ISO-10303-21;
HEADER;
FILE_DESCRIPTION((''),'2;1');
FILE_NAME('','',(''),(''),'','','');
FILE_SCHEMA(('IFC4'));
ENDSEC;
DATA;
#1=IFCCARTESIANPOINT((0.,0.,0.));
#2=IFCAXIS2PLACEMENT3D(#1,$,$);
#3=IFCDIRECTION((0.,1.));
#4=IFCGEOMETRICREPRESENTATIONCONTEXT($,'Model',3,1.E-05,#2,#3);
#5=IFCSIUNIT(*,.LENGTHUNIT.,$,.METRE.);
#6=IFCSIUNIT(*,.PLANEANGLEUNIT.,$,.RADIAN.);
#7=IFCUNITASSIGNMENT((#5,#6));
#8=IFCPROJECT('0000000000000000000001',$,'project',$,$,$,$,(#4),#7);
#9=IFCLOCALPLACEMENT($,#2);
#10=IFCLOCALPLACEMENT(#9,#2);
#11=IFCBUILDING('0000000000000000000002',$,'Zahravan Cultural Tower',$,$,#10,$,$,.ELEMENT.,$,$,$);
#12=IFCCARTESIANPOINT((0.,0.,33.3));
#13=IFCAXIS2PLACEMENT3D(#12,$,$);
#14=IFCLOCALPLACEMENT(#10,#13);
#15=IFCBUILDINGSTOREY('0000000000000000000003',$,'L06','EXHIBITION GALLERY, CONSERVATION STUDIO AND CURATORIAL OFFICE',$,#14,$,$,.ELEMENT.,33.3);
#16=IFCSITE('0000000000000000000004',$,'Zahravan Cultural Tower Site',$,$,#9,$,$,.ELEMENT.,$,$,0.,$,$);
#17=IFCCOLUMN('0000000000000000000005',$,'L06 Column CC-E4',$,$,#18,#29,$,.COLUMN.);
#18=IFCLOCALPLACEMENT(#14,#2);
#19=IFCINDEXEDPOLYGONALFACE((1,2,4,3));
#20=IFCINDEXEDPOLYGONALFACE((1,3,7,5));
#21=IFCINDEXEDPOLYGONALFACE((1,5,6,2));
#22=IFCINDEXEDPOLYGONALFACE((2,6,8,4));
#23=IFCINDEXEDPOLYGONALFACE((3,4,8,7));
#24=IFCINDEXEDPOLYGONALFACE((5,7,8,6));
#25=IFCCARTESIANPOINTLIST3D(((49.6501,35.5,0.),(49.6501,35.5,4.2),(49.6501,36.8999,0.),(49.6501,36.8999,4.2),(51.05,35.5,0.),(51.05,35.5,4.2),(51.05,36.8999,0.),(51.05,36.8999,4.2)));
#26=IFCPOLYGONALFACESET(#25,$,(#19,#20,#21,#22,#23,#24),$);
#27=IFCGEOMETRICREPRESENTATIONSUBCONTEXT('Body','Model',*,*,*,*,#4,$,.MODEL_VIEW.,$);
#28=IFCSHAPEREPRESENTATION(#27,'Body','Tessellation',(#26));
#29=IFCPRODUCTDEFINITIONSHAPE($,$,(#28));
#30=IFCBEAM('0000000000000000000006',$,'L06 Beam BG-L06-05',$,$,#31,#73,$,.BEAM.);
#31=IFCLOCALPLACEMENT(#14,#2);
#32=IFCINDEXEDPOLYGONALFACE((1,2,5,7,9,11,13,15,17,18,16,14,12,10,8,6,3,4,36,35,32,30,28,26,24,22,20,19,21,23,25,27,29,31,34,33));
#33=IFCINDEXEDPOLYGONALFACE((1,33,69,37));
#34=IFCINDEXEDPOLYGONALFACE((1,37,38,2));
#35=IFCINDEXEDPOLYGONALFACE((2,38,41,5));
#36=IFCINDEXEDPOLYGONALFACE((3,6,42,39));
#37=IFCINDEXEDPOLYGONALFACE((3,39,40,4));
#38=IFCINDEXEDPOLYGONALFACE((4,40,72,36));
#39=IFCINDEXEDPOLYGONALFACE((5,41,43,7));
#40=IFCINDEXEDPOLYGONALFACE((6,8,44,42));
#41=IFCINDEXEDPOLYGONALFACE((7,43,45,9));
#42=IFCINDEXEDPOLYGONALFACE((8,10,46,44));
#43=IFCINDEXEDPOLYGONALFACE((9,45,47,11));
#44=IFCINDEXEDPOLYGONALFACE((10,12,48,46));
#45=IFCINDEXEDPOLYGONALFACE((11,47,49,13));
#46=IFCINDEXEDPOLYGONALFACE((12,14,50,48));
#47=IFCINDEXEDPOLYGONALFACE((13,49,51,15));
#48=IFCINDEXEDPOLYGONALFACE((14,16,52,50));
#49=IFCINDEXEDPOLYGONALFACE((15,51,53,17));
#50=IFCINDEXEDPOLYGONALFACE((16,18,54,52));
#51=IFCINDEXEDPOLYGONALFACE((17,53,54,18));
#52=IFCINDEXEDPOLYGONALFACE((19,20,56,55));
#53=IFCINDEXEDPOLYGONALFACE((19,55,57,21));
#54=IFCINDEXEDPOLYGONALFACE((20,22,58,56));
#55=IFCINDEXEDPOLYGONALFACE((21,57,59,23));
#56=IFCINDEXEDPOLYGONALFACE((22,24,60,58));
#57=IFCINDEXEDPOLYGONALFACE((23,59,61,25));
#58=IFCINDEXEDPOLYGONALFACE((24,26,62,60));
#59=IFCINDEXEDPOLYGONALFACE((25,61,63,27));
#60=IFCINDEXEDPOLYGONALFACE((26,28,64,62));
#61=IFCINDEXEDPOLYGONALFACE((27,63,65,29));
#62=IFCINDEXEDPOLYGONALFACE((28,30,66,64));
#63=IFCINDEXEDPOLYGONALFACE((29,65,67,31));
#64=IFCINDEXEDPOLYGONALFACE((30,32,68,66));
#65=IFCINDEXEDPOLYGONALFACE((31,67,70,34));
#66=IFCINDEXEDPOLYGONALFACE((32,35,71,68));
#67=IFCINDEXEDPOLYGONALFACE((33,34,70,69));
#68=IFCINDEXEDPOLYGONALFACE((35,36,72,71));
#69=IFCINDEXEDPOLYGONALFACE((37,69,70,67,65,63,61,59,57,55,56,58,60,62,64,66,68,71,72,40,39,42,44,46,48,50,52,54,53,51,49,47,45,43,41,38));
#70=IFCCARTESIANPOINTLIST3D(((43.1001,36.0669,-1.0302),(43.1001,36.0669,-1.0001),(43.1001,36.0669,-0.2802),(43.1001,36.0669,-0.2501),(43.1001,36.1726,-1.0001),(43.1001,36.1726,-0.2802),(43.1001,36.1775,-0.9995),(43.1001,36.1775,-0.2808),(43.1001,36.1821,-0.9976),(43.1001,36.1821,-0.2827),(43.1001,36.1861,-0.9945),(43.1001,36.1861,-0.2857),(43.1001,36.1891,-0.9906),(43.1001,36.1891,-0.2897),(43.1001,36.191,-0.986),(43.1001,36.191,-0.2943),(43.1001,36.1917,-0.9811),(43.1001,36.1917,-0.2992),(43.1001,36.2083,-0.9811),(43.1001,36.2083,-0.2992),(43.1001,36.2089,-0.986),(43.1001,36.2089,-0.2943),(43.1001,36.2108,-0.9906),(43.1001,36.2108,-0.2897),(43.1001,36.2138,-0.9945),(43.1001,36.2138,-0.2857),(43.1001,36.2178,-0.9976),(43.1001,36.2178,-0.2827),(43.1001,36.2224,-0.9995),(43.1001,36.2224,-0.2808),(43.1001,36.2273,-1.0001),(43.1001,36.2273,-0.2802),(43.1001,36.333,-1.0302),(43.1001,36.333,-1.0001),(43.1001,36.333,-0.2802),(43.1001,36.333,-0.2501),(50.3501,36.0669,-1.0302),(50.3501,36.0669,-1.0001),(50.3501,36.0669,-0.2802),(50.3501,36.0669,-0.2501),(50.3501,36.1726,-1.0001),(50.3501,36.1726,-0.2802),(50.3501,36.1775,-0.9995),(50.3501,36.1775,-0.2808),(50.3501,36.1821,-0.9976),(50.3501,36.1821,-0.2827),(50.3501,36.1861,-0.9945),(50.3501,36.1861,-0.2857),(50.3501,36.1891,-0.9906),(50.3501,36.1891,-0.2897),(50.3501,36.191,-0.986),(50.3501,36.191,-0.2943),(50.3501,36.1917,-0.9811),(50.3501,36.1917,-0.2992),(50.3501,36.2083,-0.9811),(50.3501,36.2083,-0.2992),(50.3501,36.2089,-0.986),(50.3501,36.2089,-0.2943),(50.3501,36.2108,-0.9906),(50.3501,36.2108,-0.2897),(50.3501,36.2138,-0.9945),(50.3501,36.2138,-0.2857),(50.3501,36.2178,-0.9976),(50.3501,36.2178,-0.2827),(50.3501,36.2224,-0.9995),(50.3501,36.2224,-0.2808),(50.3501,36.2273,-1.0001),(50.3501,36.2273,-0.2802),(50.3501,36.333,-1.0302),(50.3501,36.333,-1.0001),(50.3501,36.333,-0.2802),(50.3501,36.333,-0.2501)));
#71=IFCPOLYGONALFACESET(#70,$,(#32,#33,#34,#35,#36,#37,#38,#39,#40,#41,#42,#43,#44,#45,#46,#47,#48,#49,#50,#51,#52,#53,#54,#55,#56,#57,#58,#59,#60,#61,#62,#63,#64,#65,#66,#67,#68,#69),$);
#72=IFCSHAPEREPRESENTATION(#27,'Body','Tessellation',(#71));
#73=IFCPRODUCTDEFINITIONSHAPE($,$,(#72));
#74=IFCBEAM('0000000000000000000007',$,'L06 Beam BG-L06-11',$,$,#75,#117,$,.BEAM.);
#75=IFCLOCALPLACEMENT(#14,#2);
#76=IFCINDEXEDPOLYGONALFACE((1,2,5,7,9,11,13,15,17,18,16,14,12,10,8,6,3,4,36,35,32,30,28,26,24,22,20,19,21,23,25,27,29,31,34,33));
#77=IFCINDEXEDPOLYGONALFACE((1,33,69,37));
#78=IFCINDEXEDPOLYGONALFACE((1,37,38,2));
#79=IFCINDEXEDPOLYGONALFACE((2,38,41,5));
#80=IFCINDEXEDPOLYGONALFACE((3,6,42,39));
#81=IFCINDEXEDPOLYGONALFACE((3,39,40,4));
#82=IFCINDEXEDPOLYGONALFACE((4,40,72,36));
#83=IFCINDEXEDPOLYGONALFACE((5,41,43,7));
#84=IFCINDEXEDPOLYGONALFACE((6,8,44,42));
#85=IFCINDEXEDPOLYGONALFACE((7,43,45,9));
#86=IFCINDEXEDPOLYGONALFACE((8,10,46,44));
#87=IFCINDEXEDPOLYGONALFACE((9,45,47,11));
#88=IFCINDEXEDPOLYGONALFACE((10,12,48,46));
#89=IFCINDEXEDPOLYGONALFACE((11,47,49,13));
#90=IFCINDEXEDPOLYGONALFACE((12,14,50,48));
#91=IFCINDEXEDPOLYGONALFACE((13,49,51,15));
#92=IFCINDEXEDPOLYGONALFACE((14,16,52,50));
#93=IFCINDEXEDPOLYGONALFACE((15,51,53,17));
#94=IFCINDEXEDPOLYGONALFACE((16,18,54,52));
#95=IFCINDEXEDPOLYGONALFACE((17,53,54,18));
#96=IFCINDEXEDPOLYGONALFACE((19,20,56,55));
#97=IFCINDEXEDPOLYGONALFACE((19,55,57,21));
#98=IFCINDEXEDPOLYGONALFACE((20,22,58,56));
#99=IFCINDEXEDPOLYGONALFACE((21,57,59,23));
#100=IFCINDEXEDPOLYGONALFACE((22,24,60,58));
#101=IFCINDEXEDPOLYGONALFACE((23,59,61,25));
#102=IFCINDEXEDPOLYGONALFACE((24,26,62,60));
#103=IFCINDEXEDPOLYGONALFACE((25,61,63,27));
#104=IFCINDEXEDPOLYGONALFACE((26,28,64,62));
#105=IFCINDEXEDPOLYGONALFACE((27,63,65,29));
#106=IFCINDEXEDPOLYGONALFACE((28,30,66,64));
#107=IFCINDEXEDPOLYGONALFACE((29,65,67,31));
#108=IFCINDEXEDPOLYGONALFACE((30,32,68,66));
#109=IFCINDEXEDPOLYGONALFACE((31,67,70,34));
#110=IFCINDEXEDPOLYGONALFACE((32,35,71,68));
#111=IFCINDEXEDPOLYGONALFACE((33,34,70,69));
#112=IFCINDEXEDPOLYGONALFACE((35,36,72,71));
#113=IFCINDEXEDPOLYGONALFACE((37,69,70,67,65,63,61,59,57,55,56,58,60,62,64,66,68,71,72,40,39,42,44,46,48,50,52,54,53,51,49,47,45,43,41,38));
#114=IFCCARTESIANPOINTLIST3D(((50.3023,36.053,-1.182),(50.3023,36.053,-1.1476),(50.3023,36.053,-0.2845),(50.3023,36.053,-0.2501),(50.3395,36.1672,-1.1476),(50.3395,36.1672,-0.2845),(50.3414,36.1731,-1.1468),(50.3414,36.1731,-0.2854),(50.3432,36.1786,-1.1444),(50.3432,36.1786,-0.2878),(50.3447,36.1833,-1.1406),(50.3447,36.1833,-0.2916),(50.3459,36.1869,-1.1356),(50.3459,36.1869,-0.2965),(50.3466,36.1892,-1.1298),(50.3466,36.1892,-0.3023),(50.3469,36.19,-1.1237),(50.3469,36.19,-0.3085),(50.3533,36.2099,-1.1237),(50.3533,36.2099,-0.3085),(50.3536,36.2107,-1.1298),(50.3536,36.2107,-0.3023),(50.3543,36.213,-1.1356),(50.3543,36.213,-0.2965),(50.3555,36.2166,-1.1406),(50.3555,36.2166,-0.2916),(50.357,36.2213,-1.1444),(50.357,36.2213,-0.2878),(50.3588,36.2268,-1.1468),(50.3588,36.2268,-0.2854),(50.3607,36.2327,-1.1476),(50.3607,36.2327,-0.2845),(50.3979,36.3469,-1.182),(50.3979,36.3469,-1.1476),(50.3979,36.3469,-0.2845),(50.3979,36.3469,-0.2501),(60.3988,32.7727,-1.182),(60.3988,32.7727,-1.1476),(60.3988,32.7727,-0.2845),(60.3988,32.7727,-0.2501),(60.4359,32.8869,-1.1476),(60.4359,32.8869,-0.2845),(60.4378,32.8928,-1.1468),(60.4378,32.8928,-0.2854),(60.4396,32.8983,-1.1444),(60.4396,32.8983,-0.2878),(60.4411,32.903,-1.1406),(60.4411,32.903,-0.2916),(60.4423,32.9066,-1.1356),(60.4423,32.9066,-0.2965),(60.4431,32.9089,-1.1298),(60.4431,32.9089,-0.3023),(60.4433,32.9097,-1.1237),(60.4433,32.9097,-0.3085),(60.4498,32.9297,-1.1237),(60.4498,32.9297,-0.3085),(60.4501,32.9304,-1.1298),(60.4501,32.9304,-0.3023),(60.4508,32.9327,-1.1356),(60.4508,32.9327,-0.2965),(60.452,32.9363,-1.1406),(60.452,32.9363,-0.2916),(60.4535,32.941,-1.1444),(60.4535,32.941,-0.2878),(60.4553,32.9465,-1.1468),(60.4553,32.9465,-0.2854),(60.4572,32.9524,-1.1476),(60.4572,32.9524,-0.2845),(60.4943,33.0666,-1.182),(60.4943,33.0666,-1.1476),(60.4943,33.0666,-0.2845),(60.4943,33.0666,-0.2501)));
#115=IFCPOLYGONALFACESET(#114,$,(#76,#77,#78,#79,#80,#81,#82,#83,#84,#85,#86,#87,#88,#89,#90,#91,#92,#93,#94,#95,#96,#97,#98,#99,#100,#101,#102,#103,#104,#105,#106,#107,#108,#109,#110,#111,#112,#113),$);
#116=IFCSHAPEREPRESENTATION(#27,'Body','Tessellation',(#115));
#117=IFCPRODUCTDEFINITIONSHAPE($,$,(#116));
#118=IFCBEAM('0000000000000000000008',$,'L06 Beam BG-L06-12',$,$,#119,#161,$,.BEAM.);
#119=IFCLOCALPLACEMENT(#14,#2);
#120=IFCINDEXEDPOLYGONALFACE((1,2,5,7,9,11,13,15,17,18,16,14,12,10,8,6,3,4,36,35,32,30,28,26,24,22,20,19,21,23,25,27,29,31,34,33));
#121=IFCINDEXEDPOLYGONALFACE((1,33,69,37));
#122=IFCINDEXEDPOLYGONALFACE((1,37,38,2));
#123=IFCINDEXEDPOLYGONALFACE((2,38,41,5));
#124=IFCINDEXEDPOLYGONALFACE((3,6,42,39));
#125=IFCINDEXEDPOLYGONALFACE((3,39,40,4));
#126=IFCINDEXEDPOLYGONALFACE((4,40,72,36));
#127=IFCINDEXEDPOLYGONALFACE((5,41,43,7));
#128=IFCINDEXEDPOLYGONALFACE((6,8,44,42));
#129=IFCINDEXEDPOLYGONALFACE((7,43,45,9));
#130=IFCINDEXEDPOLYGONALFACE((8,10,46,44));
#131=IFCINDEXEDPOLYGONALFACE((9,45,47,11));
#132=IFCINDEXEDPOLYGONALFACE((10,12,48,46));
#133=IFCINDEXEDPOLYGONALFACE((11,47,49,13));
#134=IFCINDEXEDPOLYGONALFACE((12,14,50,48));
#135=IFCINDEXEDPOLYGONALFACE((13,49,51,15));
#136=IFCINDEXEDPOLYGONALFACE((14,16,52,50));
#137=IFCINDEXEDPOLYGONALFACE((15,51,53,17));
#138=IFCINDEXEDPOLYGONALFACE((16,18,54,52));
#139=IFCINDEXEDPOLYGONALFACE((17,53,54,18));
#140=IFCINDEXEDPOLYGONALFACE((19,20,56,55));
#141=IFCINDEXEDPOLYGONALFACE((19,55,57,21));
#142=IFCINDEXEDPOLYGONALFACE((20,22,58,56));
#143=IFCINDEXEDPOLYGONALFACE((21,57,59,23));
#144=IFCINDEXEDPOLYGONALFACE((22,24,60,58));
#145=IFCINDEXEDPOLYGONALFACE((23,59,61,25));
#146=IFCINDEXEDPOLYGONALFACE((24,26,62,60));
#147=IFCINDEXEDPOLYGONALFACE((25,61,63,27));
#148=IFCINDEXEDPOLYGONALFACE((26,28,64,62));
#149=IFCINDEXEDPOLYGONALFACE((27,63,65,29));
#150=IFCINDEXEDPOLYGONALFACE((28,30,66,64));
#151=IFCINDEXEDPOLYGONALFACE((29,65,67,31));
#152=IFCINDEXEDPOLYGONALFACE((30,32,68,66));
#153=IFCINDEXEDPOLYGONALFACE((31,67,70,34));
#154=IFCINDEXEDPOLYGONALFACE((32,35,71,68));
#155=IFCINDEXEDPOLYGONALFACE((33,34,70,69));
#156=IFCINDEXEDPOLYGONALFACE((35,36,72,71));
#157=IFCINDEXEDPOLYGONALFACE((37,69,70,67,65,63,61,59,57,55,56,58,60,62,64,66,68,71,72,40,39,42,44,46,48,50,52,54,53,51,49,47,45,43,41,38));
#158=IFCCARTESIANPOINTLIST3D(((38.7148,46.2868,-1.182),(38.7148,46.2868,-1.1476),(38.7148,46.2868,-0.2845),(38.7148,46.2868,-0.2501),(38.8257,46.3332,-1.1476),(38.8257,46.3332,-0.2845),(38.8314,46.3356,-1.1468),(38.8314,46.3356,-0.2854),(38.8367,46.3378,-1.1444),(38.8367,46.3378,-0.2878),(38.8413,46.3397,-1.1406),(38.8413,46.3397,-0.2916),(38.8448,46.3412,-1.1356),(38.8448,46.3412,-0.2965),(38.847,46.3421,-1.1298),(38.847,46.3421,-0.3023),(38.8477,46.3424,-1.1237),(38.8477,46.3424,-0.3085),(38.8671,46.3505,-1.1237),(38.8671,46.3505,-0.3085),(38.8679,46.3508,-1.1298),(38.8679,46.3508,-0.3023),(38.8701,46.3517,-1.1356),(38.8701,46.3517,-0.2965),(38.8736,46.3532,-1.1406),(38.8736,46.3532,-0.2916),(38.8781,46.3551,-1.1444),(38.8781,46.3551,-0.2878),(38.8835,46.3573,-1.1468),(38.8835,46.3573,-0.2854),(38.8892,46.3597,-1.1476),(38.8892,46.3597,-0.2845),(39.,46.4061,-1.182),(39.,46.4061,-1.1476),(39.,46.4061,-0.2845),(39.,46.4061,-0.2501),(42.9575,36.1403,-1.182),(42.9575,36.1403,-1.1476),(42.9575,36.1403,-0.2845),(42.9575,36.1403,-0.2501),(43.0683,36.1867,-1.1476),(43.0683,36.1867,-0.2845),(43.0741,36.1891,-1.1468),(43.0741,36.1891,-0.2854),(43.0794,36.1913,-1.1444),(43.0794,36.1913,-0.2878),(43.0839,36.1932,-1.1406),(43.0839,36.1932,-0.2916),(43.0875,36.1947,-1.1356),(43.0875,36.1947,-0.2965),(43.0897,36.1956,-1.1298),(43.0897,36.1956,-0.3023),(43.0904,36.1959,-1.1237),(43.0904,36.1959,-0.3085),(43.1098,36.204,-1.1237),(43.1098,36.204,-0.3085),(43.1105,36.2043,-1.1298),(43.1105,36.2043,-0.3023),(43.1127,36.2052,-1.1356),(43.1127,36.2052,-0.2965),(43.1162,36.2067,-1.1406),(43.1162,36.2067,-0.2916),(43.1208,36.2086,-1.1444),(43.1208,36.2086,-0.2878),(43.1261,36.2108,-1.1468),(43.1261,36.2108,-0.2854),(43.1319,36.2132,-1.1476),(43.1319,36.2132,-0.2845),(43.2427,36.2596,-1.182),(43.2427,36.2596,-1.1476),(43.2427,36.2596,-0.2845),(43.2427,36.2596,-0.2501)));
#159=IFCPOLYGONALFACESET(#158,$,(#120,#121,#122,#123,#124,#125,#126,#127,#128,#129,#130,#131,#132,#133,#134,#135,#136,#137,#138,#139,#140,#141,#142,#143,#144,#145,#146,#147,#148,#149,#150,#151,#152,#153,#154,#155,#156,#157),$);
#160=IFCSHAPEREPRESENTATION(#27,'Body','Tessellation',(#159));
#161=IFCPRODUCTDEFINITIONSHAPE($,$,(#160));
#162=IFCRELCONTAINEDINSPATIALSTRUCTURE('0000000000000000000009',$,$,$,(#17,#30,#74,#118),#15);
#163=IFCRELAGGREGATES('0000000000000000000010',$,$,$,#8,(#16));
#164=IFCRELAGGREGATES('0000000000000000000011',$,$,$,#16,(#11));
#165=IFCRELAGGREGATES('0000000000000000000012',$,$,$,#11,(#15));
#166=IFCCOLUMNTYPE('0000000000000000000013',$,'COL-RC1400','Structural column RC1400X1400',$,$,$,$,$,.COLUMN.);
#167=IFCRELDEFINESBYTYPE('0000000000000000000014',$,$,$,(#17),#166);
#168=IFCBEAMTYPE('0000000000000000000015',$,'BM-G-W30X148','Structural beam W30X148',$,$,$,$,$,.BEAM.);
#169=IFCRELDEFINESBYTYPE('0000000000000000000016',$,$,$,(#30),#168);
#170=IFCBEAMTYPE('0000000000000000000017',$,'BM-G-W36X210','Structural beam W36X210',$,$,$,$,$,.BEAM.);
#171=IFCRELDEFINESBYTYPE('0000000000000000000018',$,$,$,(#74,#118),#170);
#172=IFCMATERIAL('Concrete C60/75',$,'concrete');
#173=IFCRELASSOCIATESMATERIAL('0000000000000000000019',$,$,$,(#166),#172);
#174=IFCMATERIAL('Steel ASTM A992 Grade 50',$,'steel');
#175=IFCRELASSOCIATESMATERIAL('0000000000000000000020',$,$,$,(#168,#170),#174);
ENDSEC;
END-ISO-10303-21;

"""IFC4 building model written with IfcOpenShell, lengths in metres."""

from ifc_helpers import new_model, si_unit, direction, frame, origin, origin_2d, place, context, subcontext, project, spatial, rectangle, i_section, extrude, source, transform, mapped, material, material_profile, profile_set, type_object, element, save


model = new_model("IFC4")

# Units and contexts
model_context = context("Model", 3, precision=1e-05, world=origin(), true_north=direction((0.0, 1.0)))
body_context = subcontext(model_context, "Body", "Model", "MODEL_VIEW")
ifc_project = project(units=[si_unit("LENGTHUNIT", "METRE"), si_unit("PLANEANGLEUNIT", "RADIAN")], contexts=[model_context])

# Site, building, storey
site_placement = place(None, origin())
site = spatial("IfcSite", under=ifc_project, at=site_placement, Name="Zahravan Cultural Tower Site", CompositionType="ELEMENT", RefElevation=0.0)
building_placement = place(site_placement, origin())
building = spatial("IfcBuilding", under=site, at=building_placement, Name="Zahravan Cultural Tower", CompositionType="ELEMENT")
storey_placement = place(building_placement, frame((0.0, 0.0, 33.3)))
storey = spatial("IfcBuildingStorey", under=building, at=storey_placement, Name="L06", Description="EXHIBITION GALLERY, CONSERVATION STUDIO AND CURATORIAL OFFICE", CompositionType="ELEMENT", Elevation=33.3)

# Column
ifc_material_1 = material(Name="Concrete C60/75", Category="concrete")
ifc_material_profile_1 = material_profile(ifc_material_1, rectangle(XDim=1.3999, YDim=1.3999, at=origin_2d()), Name="RC1400X1400")
ifc_profile_set_1 = profile_set([ifc_material_profile_1], Name="Concrete C60/75")
column_type = type_object("IfcColumnType", Name="COL-RC1400", Description="Structural column RC1400X1400", PredefinedType="COLUMN", material=ifc_profile_set_1)
shared_shape_1 = source(origin(), body_context, "Body", "SweptSolid", [
    extrude(rectangle(XDim=1.3999, YDim=1.3999, at=origin_2d()), origin(), (0.0, 0.0, 1.0), 4.2),
])
column_placement = place(storey_placement, frame((50.3501, 36.2, 0.0), z_axis=(0.0, 0.0, 1.0), x_axis=(1.0, 0.0, 0.0)))
element("IfcColumn", 1, at=column_placement, inside=storey, type_object=column_type, Name="L06 Column CC-E4", PredefinedType="COLUMN", context=body_context, shape_type="MappedRepresentation", body=[
    mapped(shared_shape_1, transform((0.0, 0.0, 0.0), x_axis=(1.0, 0.0, 0.0), y_axis=(0.0, 1.0, 0.0), z_axis=(0.0, 0.0, 1.0), scale=1.0)),
])

# Beams
ifc_material_2 = material(Name="Steel ASTM A992 Grade 50", Category="steel")
ifc_material_profile_2 = material_profile(ifc_material_2, i_section(OverallWidth=0.2661, OverallDepth=0.78, WebThickness=0.0166, FlangeThickness=0.03, FilletRadius=0.019, at=origin_2d()), Name="W30X148")
ifc_profile_set_2 = profile_set([ifc_material_profile_2], Name="Steel ASTM A992 Grade 50")
beam_type_1 = type_object("IfcBeamType", Name="BM-G-W30X148", Description="Structural beam W30X148", PredefinedType="BEAM", material=ifc_profile_set_2)
shared_shape_2 = source(origin(), body_context, "Body", "SweptSolid", [
    extrude(i_section(OverallWidth=0.2661, OverallDepth=0.78, WebThickness=0.0166, FlangeThickness=0.03, FilletRadius=0.019, at=origin_2d()), origin(), (0.0, 0.0, 1.0), 7.25),
])
beam_1_placement = place(storey_placement, frame((43.1001, 36.2, -0.6401), z_axis=(1.0, 0.0, 0.0), x_axis=(0.0, 1.0, 0.0)))
element("IfcBeam", 2, at=beam_1_placement, inside=storey, type_object=beam_type_1, Name="L06 Beam BG-L06-05", PredefinedType="BEAM", context=body_context, shape_type="MappedRepresentation", body=[
    mapped(shared_shape_2, transform((0.0, 0.0, 0.0), x_axis=(1.0, 0.0, 0.0), y_axis=(0.0, 1.0, 0.0), z_axis=(0.0, 0.0, 1.0), scale=1.0)),
])
ifc_material_profile_3 = material_profile(ifc_material_2, i_section(OverallWidth=0.3091, OverallDepth=0.9319, WebThickness=0.021, FlangeThickness=0.0344, FilletRadius=0.0239, at=origin_2d()), Name="W36X210")
ifc_profile_set_3 = profile_set([ifc_material_profile_3], Name="Steel ASTM A992 Grade 50")
beam_type_2 = type_object("IfcBeamType", Name="BM-G-W36X210", Description="Structural beam W36X210", PredefinedType="BEAM", material=ifc_profile_set_3)
shared_shape_3 = source(origin(), body_context, "Body", "SweptSolid", [
    extrude(i_section(OverallWidth=0.3091, OverallDepth=0.9319, WebThickness=0.021, FlangeThickness=0.0344, FilletRadius=0.0239, at=origin_2d()), origin(), (0.0, 0.0, 1.0), 10.616),
])
beam_2_placement = place(storey_placement, frame((50.3501, 36.2, -0.7161), z_axis=(0.951064, -0.308995, 0.0), x_axis=(0.308995, 0.951064, 0.0)))
element("IfcBeam", 3, at=beam_2_placement, inside=storey, type_object=beam_type_2, Name="L06 Beam BG-L06-11", PredefinedType="BEAM", context=body_context, shape_type="MappedRepresentation", body=[
    mapped(shared_shape_3, transform((0.0, 0.0, 0.0), x_axis=(1.0, 0.0, 0.0), y_axis=(0.0, 1.0, 0.0), z_axis=(0.0, 0.0, 1.0), scale=1.0)),
])
shared_shape_4 = source(origin(), body_context, "Body", "SweptSolid", [
    extrude(i_section(OverallWidth=0.3091, OverallDepth=0.9319, WebThickness=0.021, FlangeThickness=0.0344, FilletRadius=0.0239, at=origin_2d()), origin(), (0.0, 0.0, 1.0), 10.9978),
])
beam_3_placement = place(storey_placement, frame((43.1001, 36.2, -0.7161), z_axis=(-0.385775, 0.922593, 0.0), x_axis=(-0.922593, -0.385775, 0.0)))
element("IfcBeam", 4, at=beam_3_placement, inside=storey, type_object=beam_type_2, Name="L06 Beam BG-L06-12", PredefinedType="BEAM", context=body_context, shape_type="MappedRepresentation", body=[
    mapped(shared_shape_4, transform((0.0, 0.0, 0.0), x_axis=(1.0, 0.0, 0.0), y_axis=(0.0, 1.0, 0.0), z_axis=(0.0, 0.0, 1.0), scale=1.0)),
])

save(model, "model.ifc")
